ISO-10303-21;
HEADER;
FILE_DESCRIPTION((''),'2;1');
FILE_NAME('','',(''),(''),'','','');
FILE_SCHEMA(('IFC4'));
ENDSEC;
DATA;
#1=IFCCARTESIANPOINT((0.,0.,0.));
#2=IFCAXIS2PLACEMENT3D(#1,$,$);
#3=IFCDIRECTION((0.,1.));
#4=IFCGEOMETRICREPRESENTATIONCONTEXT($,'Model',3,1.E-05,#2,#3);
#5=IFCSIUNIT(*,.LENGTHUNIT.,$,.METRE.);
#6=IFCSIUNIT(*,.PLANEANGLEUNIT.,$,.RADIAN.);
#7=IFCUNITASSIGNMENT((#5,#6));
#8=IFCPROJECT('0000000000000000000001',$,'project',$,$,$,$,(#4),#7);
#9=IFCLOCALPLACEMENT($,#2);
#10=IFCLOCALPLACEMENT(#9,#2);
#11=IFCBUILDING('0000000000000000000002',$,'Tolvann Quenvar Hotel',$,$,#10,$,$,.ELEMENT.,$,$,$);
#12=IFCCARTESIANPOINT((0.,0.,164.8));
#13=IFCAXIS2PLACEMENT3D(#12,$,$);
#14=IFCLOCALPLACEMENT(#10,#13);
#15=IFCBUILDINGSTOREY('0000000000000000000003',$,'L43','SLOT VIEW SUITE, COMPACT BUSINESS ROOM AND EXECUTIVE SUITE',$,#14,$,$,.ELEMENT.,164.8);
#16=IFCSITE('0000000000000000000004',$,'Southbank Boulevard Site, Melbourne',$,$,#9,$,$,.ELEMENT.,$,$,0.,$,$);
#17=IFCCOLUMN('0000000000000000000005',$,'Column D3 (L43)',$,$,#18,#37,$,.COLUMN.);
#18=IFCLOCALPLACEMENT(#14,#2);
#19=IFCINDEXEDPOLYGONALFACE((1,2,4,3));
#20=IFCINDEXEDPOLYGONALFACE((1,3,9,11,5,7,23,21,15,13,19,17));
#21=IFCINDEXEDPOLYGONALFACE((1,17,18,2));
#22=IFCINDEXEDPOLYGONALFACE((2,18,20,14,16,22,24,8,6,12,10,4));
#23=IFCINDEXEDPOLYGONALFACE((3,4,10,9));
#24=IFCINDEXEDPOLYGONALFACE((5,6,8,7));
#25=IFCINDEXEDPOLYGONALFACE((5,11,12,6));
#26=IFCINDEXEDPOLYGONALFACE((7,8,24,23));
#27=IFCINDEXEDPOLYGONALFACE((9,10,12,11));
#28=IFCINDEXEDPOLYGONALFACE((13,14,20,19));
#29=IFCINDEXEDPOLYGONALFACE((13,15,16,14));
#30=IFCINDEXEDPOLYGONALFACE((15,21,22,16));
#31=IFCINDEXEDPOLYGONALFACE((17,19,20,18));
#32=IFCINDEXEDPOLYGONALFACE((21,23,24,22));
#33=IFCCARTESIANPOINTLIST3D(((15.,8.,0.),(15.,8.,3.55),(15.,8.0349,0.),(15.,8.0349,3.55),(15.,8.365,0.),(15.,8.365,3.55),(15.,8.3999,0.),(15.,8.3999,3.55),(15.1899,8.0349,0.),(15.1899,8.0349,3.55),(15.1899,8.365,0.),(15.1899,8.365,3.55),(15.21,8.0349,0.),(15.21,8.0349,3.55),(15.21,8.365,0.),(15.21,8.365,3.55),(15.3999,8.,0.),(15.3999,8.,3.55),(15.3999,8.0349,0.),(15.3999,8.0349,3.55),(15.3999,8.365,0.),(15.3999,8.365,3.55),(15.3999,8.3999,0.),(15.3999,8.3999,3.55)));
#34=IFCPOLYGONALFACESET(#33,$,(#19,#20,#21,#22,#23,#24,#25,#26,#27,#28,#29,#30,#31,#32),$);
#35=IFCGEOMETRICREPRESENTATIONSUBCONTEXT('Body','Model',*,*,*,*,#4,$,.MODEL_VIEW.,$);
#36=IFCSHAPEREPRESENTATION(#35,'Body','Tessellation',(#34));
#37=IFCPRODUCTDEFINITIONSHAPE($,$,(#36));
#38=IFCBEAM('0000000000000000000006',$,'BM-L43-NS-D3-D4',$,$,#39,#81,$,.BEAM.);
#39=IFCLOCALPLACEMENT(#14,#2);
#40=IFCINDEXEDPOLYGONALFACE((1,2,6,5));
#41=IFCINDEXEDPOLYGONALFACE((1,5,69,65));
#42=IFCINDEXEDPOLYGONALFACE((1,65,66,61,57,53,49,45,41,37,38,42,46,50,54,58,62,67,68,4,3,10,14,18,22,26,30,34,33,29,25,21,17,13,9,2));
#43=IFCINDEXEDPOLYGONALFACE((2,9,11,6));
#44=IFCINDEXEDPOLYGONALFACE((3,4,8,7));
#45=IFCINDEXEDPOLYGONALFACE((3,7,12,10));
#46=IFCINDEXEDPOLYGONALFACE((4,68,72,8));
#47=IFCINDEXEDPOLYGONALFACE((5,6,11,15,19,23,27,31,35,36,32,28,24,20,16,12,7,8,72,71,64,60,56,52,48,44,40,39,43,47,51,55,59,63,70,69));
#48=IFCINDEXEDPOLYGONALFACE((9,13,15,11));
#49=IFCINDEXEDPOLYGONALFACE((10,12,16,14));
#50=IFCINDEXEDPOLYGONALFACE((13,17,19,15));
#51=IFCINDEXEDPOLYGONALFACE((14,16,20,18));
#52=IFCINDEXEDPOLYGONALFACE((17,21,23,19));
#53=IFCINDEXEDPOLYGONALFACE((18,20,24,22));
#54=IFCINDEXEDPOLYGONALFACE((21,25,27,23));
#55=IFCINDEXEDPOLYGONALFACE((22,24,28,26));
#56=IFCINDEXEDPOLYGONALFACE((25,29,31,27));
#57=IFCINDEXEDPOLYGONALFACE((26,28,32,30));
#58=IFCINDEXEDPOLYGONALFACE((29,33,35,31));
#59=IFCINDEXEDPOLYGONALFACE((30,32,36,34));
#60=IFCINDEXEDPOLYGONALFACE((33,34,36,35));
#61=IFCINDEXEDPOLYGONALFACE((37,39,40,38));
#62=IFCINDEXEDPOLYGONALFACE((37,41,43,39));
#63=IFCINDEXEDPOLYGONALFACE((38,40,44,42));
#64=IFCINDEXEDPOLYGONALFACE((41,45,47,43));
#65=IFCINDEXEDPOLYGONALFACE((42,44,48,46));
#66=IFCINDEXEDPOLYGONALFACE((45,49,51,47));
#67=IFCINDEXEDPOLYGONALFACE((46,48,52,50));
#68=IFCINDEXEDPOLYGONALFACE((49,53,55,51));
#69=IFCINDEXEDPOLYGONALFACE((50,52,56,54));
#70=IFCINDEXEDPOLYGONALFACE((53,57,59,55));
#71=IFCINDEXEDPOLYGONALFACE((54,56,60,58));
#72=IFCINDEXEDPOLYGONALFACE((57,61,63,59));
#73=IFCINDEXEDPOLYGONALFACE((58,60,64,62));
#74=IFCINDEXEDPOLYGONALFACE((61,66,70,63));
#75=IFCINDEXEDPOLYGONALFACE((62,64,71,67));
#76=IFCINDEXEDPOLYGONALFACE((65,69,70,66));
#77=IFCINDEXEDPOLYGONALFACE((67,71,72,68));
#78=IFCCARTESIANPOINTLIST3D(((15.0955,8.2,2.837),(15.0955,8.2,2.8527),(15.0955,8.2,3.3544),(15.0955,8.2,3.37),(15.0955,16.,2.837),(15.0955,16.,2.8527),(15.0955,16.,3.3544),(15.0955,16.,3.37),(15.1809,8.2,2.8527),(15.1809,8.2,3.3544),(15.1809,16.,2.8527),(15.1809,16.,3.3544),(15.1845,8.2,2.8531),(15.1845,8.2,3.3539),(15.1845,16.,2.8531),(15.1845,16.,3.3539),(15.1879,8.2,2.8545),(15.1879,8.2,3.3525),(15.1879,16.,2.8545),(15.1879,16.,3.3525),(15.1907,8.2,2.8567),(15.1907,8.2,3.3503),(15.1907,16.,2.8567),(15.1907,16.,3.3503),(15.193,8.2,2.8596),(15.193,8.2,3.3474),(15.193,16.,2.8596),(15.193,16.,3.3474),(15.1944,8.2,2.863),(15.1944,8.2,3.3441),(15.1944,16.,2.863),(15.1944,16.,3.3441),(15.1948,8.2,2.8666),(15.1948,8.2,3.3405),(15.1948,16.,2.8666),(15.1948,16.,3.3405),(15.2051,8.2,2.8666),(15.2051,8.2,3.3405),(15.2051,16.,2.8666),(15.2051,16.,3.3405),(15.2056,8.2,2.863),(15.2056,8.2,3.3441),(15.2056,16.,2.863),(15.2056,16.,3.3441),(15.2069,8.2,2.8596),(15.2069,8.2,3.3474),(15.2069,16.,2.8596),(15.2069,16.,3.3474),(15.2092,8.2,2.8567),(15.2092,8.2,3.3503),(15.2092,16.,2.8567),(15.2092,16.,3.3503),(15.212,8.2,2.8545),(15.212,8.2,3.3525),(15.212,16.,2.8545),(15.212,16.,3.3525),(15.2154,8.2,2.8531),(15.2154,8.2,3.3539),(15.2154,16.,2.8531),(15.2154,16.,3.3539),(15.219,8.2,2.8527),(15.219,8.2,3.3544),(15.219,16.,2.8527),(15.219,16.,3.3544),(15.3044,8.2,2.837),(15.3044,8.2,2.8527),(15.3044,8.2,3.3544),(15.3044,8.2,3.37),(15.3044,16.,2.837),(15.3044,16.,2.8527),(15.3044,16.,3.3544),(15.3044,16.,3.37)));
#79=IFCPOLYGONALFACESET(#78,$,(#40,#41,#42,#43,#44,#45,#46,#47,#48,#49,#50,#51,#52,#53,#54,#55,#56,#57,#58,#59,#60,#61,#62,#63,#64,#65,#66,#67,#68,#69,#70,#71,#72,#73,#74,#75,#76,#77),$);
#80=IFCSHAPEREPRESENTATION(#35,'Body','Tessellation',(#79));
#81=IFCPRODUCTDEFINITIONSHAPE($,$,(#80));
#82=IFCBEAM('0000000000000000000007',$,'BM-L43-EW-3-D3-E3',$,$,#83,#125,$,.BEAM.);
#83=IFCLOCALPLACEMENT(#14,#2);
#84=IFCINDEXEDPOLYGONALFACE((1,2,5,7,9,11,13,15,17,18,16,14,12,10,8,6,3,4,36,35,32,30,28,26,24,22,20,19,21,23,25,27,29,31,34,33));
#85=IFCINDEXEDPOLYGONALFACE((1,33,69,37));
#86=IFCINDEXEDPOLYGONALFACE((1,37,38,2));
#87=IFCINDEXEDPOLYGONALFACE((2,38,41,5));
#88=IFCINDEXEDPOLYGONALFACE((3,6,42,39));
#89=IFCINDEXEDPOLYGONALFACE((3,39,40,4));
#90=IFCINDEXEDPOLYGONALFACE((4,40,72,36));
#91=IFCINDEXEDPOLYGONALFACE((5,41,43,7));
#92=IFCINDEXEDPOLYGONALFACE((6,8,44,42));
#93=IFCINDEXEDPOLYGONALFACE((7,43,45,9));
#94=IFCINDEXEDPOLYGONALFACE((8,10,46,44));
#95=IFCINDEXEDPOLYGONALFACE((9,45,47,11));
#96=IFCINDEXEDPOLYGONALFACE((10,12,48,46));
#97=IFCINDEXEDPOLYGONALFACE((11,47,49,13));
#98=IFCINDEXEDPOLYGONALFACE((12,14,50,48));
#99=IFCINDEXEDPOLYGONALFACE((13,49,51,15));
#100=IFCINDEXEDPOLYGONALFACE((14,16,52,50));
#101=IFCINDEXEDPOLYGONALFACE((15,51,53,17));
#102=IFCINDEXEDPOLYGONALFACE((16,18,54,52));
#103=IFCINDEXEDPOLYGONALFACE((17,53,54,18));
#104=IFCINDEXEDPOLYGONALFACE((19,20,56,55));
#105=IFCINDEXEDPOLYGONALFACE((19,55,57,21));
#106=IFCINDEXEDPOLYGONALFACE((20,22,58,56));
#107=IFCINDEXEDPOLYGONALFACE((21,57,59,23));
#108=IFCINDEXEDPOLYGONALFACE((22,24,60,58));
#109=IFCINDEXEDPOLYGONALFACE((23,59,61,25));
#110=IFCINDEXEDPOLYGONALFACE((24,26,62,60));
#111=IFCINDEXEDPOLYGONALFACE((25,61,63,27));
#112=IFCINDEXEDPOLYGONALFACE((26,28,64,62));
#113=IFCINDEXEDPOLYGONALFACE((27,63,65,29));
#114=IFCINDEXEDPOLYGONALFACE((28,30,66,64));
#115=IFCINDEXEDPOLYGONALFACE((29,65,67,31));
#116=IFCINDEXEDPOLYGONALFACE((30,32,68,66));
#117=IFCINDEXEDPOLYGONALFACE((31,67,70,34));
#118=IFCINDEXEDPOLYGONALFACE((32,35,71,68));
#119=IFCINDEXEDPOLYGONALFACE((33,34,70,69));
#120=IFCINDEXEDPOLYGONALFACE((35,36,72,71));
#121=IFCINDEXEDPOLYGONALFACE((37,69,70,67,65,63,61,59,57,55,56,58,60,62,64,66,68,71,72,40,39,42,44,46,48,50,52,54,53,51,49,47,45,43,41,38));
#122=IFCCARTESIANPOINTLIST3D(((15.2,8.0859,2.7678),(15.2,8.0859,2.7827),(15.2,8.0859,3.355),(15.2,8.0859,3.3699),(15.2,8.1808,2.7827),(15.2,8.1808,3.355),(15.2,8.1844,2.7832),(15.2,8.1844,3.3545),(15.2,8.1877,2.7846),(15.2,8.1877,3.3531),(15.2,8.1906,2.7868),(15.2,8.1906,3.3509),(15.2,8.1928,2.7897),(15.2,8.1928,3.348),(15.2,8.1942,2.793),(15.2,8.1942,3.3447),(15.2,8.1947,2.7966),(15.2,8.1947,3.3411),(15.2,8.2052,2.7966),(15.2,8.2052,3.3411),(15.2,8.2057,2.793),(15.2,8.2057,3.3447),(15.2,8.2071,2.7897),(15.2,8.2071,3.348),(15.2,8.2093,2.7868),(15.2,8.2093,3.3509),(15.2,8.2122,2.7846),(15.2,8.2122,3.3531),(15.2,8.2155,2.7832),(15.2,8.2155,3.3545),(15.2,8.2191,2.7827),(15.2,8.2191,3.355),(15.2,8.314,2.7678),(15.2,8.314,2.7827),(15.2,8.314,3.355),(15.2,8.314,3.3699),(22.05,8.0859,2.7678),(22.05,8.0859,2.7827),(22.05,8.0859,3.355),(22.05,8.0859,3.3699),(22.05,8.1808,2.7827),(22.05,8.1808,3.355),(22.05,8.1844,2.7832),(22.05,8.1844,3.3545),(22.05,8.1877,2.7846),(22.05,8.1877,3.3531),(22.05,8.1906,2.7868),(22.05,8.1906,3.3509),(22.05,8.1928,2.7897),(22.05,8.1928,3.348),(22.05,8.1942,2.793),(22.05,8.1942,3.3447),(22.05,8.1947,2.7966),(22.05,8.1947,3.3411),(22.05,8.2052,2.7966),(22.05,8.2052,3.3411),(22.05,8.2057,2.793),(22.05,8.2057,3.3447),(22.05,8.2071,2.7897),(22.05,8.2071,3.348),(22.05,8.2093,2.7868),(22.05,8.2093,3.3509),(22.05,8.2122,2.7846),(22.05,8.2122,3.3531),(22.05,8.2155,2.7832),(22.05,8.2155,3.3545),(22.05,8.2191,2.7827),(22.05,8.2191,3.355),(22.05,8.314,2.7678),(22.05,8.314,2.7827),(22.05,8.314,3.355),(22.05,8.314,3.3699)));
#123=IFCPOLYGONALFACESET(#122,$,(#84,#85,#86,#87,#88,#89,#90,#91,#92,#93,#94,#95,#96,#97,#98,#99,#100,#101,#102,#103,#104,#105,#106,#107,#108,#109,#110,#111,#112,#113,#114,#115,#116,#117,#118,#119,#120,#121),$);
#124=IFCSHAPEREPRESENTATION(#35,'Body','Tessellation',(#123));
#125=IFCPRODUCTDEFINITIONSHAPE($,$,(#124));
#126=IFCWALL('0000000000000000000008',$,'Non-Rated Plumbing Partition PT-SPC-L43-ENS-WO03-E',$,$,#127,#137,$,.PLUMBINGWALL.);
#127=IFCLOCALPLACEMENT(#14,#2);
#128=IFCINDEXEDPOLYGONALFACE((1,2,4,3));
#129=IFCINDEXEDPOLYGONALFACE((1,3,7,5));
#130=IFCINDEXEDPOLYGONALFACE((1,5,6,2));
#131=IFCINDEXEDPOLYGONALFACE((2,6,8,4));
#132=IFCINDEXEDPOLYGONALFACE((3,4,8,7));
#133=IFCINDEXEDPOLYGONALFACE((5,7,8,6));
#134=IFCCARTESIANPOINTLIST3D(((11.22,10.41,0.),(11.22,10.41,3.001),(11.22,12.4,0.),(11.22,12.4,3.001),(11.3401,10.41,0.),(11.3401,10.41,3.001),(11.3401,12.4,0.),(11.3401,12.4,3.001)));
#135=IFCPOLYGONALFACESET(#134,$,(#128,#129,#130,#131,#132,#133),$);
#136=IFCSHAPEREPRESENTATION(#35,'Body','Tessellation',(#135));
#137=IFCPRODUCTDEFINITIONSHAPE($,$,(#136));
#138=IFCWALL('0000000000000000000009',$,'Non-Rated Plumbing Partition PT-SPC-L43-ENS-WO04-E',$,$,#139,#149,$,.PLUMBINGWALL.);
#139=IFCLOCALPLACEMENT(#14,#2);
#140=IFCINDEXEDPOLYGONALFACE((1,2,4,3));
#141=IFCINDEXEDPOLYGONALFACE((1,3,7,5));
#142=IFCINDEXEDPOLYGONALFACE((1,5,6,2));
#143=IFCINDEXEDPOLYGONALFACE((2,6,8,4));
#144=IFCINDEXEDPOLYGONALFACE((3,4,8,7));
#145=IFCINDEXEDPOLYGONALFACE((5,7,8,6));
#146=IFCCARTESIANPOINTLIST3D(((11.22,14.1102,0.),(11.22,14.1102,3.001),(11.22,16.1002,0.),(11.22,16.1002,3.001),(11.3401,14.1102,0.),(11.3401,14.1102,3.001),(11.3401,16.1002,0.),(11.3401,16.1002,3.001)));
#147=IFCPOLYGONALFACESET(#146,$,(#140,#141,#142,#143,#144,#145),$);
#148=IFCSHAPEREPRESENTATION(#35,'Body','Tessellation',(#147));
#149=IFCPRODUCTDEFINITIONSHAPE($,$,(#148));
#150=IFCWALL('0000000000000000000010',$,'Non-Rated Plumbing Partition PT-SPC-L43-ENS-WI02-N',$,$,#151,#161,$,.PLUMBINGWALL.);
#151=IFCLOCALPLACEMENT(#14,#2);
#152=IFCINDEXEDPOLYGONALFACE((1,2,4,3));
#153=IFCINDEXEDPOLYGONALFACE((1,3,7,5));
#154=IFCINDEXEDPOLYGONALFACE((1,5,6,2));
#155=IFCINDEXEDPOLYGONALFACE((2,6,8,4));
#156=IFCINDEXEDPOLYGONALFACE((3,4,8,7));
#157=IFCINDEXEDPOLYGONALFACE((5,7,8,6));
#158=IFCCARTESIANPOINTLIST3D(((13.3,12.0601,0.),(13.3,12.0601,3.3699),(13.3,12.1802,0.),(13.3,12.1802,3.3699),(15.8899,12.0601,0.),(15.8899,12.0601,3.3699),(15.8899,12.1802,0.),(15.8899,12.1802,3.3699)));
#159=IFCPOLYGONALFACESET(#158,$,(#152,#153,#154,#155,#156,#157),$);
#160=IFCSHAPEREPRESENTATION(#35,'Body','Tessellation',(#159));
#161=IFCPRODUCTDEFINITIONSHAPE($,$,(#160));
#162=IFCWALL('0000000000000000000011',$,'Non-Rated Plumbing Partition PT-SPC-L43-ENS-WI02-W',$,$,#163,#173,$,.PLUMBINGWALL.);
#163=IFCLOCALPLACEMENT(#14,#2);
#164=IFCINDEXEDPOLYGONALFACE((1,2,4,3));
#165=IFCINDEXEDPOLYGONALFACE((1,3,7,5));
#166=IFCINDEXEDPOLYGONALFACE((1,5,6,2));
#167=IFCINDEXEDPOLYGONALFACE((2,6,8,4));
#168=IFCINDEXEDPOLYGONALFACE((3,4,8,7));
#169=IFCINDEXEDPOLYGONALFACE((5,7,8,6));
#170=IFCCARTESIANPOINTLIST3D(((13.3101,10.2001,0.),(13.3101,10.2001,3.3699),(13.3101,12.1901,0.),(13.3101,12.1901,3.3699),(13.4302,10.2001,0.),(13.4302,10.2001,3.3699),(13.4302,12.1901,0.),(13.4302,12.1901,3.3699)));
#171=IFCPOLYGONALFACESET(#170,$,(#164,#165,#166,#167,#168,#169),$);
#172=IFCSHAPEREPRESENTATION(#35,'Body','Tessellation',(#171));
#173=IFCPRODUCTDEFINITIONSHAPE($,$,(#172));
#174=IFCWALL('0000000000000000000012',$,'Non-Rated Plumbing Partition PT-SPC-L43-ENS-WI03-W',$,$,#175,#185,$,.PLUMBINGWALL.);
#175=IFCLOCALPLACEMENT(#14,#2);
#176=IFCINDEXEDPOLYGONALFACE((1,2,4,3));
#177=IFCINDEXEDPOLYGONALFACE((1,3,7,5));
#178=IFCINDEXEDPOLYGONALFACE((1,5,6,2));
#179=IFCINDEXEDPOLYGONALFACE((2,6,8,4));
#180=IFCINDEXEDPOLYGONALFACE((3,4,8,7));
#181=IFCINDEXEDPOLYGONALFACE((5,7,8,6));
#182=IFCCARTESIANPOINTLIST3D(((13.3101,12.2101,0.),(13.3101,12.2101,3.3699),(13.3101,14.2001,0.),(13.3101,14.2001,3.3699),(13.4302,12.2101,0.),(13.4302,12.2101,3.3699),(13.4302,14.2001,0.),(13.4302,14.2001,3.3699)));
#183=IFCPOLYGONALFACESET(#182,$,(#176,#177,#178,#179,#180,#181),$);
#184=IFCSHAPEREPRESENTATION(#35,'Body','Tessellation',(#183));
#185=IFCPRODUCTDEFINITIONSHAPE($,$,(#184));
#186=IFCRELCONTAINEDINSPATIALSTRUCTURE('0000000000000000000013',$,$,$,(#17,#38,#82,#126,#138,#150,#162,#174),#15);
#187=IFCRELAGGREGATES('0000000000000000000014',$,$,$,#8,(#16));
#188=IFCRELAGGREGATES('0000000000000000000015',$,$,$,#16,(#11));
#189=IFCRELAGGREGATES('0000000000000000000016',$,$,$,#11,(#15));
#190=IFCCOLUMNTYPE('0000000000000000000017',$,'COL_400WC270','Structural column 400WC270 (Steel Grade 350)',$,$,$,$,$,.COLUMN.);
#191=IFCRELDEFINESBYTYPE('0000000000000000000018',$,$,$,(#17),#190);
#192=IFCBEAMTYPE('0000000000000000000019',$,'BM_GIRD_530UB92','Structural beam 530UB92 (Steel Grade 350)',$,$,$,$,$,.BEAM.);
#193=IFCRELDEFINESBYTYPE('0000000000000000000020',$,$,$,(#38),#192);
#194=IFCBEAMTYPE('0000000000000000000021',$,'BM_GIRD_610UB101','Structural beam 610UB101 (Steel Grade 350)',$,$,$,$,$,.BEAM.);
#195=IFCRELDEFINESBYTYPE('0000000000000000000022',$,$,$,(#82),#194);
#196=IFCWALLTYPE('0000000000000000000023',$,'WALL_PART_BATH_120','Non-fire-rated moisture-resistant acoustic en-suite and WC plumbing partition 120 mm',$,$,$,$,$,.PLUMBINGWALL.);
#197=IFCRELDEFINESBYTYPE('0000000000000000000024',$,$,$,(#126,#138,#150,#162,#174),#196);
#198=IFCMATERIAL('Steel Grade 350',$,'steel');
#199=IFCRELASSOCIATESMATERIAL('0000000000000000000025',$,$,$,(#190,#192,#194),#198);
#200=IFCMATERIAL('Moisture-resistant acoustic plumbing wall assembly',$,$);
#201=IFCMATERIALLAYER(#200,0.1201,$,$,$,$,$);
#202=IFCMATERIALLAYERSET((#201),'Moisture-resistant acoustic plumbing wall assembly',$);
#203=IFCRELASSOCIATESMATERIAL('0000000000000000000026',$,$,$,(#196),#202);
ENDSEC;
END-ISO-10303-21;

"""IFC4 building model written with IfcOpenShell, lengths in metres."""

from ifc_helpers import new_model, si_unit, direction, frame, frame_2d, origin, origin_2d, place, context, subcontext, project, spatial, rectangle, i_section, extrude, source, transform, mapped, material, layer, layer_set, material_profile, profile_set, type_object, type_shapes, element, save


model = new_model("IFC4")

# Units and contexts
model_context = context("Model", 3, precision=1e-05, world=origin(), true_north=direction((0.0, 1.0)))
body_context = subcontext(model_context, "Body", "Model", "MODEL_VIEW")
ifc_project = project(units=[si_unit("LENGTHUNIT", "METRE"), si_unit("PLANEANGLEUNIT", "RADIAN")], contexts=[model_context])

# Site, building, storey
site_placement = place(None, origin())
site = spatial("IfcSite", under=ifc_project, at=site_placement, Name="Southbank Boulevard Site, Melbourne", CompositionType="ELEMENT", RefElevation=0.0)
building_placement = place(site_placement, origin())
building = spatial("IfcBuilding", under=site, at=building_placement, Name="Tolvann Quenvar Hotel", CompositionType="ELEMENT")
storey_placement = place(building_placement, frame((0.0, 0.0, 164.8)))
storey = spatial("IfcBuildingStorey", under=building, at=storey_placement, Name="L43", Description="SLOT VIEW SUITE, COMPACT BUSINESS ROOM AND EXECUTIVE SUITE", CompositionType="ELEMENT", Elevation=164.8)

# Column
ifc_material_1 = material(Name="Steel Grade 350", Category="steel")
ifc_material_profile_1 = material_profile(ifc_material_1, i_section(OverallWidth=0.3999, OverallDepth=0.3999, WebThickness=0.02, FlangeThickness=0.0349, at=origin_2d()), Name="400WC270")
ifc_profile_set_1 = profile_set([ifc_material_profile_1], Name="Steel Grade 350")
column_type = type_object("IfcColumnType", Name="COL_400WC270", Description="Structural column 400WC270 (Steel Grade 350)", PredefinedType="COLUMN", material=ifc_profile_set_1)
shared_shape_1 = source(origin(), body_context, "Body", "SweptSolid", [
    extrude(i_section(OverallWidth=0.3999, OverallDepth=0.3999, WebThickness=0.02, FlangeThickness=0.0349, at=origin_2d()), origin(), (0.0, 0.0, 1.0), 3.55),
])
type_shapes(column_type, [shared_shape_1])
column_placement = place(storey_placement, frame((15.2, 8.2, 0.0), z_axis=(0.0, 0.0, 1.0), x_axis=(1.0, 0.0, 0.0)))
element("IfcColumn", 1, at=column_placement, inside=storey, type_object=column_type, Name="Column D3 (L43)", PredefinedType="COLUMN", context=body_context, shape_type="MappedRepresentation", body=[
    mapped(shared_shape_1, transform((0.0, 0.0, 0.0), x_axis=(1.0, 0.0, 0.0), y_axis=(0.0, 1.0, 0.0), z_axis=(0.0, 0.0, 1.0), scale=1.0)),
])

# Beams
ifc_material_profile_2 = material_profile(ifc_material_1, i_section(OverallWidth=0.209, OverallDepth=0.533, WebThickness=0.0103, FlangeThickness=0.0156, FilletRadius=0.0139, at=origin_2d()), Name="530UB92")
ifc_profile_set_2 = profile_set([ifc_material_profile_2], Name="Steel Grade 350")
beam_type_1 = type_object("IfcBeamType", Name="BM_GIRD_530UB92", Description="Structural beam 530UB92 (Steel Grade 350)", PredefinedType="BEAM", material=ifc_profile_set_2)
shared_shape_2 = source(origin(), body_context, "Body", "SweptSolid", [
    extrude(i_section(OverallWidth=0.209, OverallDepth=0.533, WebThickness=0.0103, FlangeThickness=0.0156, FilletRadius=0.0139, at=origin_2d()), origin(), (0.0, 0.0, 1.0), 7.8),
])
type_shapes(beam_type_1, [shared_shape_2])
beam_1_placement = place(storey_placement, frame((15.2, 8.2, 3.1035), z_axis=(0.0, 1.0, 0.0), x_axis=(-1.0, 0.0, 0.0)))
element("IfcBeam", 2, at=beam_1_placement, inside=storey, type_object=beam_type_1, Name="BM-L43-NS-D3-D4", PredefinedType="BEAM", context=body_context, shape_type="MappedRepresentation", body=[
    mapped(shared_shape_2, transform((0.0, 0.0, 0.0), x_axis=(1.0, 0.0, 0.0), y_axis=(0.0, 1.0, 0.0), z_axis=(0.0, 0.0, 1.0), scale=1.0)),
])
ifc_material_profile_3 = material_profile(ifc_material_1, i_section(OverallWidth=0.228, OverallDepth=0.6021, WebThickness=0.0105, FlangeThickness=0.0149, FilletRadius=0.0139, at=origin_2d()), Name="610UB101")
ifc_profile_set_3 = profile_set([ifc_material_profile_3], Name="Steel Grade 350")
beam_type_2 = type_object("IfcBeamType", Name="BM_GIRD_610UB101", Description="Structural beam 610UB101 (Steel Grade 350)", PredefinedType="BEAM", material=ifc_profile_set_3)
shared_shape_3 = source(origin(), body_context, "Body", "SweptSolid", [
    extrude(i_section(OverallWidth=0.228, OverallDepth=0.6021, WebThickness=0.0105, FlangeThickness=0.0149, FilletRadius=0.0139, at=origin_2d()), origin(), (0.0, 0.0, 1.0), 6.8501),
])
type_shapes(beam_type_2, [shared_shape_3])
beam_2_placement = place(storey_placement, frame((15.2, 8.2, 3.0688), z_axis=(1.0, 0.0, 0.0), x_axis=(0.0, 1.0, 0.0)))
element("IfcBeam", 3, at=beam_2_placement, inside=storey, type_object=beam_type_2, Name="BM-L43-EW-3-D3-E3", PredefinedType="BEAM", context=body_context, shape_type="MappedRepresentation", body=[
    mapped(shared_shape_3, transform((0.0, 0.0, 0.0), x_axis=(1.0, 0.0, 0.0), y_axis=(0.0, 1.0, 0.0), z_axis=(0.0, 0.0, 1.0), scale=1.0)),
])

# Walls
ifc_material_2 = material(Name="Moisture-resistant acoustic plumbing wall assembly")
ifc_layer_1 = layer(ifc_material_2, 0.1201)
ifc_layer_set_1 = layer_set([ifc_layer_1], Name="Moisture-resistant acoustic plumbing wall assembly")
wall_type_1 = type_object("IfcWallType", Name="WALL_PART_BATH_120", Description="Non-fire-rated moisture-resistant acoustic en-suite and WC plumbing partition 120 mm", PredefinedType="PLUMBINGWALL", material=ifc_layer_set_1)
for number, where, z_axis, x_axis, name in (
    (4, (11.28, 10.4099, 0.0), (0.0, 0.0, 1.0), (0.0, 1.0, 0.0), "Non-Rated Plumbing Partition PT-SPC-L43-ENS-WO03-E"),
    (5, (11.28, 14.1101, 0.0), (0.0, 0.0, 1.0), (0.0, 1.0, 0.0), "Non-Rated Plumbing Partition PT-SPC-L43-ENS-WO04-E"),
):
    element("IfcWall", number, at=place(storey_placement, frame(where, z_axis=z_axis, x_axis=x_axis)), inside=storey, type_object=wall_type_1, Name=name, PredefinedType="PLUMBINGWALL", context=body_context, shape_type="SweptSolid", body=[
        extrude(rectangle(XDim=1.99, YDim=0.1201, at=frame_2d((0.9951, 0.0))), origin(), (0.0, 0.0, 1.0), 3.001),
    ])
wall_1_placement = place(storey_placement, frame((13.3, 12.1201, 0.0), z_axis=(0.0, 0.0, 1.0), x_axis=(1.0, 0.0, 0.0)))
element("IfcWall", 6, at=wall_1_placement, inside=storey, type_object=wall_type_1, Name="Non-Rated Plumbing Partition PT-SPC-L43-ENS-WI02-N", PredefinedType="PLUMBINGWALL", context=body_context, shape_type="SweptSolid", body=[
    extrude(rectangle(XDim=2.5898, YDim=0.1201, at=frame_2d((1.2949, 0.0))), origin(), (0.0, 0.0, 1.0), 3.3699),
])
for number, where, z_axis, x_axis, name in (
    (7, (13.3701, 10.2, 0.0), (0.0, 0.0, 1.0), (0.0, 1.0, 0.0), "Non-Rated Plumbing Partition PT-SPC-L43-ENS-WI02-W"),
    (8, (13.3701, 12.21, 0.0), (0.0, 0.0, 1.0), (0.0, 1.0, 0.0), "Non-Rated Plumbing Partition PT-SPC-L43-ENS-WI03-W"),
):
    element("IfcWall", number, at=place(storey_placement, frame(where, z_axis=z_axis, x_axis=x_axis)), inside=storey, type_object=wall_type_1, Name=name, PredefinedType="PLUMBINGWALL", context=body_context, shape_type="SweptSolid", body=[
        extrude(rectangle(XDim=1.99, YDim=0.1201, at=frame_2d((0.9951, 0.0))), origin(), (0.0, 0.0, 1.0), 3.3699),
    ])

save(model, "model.ifc")
